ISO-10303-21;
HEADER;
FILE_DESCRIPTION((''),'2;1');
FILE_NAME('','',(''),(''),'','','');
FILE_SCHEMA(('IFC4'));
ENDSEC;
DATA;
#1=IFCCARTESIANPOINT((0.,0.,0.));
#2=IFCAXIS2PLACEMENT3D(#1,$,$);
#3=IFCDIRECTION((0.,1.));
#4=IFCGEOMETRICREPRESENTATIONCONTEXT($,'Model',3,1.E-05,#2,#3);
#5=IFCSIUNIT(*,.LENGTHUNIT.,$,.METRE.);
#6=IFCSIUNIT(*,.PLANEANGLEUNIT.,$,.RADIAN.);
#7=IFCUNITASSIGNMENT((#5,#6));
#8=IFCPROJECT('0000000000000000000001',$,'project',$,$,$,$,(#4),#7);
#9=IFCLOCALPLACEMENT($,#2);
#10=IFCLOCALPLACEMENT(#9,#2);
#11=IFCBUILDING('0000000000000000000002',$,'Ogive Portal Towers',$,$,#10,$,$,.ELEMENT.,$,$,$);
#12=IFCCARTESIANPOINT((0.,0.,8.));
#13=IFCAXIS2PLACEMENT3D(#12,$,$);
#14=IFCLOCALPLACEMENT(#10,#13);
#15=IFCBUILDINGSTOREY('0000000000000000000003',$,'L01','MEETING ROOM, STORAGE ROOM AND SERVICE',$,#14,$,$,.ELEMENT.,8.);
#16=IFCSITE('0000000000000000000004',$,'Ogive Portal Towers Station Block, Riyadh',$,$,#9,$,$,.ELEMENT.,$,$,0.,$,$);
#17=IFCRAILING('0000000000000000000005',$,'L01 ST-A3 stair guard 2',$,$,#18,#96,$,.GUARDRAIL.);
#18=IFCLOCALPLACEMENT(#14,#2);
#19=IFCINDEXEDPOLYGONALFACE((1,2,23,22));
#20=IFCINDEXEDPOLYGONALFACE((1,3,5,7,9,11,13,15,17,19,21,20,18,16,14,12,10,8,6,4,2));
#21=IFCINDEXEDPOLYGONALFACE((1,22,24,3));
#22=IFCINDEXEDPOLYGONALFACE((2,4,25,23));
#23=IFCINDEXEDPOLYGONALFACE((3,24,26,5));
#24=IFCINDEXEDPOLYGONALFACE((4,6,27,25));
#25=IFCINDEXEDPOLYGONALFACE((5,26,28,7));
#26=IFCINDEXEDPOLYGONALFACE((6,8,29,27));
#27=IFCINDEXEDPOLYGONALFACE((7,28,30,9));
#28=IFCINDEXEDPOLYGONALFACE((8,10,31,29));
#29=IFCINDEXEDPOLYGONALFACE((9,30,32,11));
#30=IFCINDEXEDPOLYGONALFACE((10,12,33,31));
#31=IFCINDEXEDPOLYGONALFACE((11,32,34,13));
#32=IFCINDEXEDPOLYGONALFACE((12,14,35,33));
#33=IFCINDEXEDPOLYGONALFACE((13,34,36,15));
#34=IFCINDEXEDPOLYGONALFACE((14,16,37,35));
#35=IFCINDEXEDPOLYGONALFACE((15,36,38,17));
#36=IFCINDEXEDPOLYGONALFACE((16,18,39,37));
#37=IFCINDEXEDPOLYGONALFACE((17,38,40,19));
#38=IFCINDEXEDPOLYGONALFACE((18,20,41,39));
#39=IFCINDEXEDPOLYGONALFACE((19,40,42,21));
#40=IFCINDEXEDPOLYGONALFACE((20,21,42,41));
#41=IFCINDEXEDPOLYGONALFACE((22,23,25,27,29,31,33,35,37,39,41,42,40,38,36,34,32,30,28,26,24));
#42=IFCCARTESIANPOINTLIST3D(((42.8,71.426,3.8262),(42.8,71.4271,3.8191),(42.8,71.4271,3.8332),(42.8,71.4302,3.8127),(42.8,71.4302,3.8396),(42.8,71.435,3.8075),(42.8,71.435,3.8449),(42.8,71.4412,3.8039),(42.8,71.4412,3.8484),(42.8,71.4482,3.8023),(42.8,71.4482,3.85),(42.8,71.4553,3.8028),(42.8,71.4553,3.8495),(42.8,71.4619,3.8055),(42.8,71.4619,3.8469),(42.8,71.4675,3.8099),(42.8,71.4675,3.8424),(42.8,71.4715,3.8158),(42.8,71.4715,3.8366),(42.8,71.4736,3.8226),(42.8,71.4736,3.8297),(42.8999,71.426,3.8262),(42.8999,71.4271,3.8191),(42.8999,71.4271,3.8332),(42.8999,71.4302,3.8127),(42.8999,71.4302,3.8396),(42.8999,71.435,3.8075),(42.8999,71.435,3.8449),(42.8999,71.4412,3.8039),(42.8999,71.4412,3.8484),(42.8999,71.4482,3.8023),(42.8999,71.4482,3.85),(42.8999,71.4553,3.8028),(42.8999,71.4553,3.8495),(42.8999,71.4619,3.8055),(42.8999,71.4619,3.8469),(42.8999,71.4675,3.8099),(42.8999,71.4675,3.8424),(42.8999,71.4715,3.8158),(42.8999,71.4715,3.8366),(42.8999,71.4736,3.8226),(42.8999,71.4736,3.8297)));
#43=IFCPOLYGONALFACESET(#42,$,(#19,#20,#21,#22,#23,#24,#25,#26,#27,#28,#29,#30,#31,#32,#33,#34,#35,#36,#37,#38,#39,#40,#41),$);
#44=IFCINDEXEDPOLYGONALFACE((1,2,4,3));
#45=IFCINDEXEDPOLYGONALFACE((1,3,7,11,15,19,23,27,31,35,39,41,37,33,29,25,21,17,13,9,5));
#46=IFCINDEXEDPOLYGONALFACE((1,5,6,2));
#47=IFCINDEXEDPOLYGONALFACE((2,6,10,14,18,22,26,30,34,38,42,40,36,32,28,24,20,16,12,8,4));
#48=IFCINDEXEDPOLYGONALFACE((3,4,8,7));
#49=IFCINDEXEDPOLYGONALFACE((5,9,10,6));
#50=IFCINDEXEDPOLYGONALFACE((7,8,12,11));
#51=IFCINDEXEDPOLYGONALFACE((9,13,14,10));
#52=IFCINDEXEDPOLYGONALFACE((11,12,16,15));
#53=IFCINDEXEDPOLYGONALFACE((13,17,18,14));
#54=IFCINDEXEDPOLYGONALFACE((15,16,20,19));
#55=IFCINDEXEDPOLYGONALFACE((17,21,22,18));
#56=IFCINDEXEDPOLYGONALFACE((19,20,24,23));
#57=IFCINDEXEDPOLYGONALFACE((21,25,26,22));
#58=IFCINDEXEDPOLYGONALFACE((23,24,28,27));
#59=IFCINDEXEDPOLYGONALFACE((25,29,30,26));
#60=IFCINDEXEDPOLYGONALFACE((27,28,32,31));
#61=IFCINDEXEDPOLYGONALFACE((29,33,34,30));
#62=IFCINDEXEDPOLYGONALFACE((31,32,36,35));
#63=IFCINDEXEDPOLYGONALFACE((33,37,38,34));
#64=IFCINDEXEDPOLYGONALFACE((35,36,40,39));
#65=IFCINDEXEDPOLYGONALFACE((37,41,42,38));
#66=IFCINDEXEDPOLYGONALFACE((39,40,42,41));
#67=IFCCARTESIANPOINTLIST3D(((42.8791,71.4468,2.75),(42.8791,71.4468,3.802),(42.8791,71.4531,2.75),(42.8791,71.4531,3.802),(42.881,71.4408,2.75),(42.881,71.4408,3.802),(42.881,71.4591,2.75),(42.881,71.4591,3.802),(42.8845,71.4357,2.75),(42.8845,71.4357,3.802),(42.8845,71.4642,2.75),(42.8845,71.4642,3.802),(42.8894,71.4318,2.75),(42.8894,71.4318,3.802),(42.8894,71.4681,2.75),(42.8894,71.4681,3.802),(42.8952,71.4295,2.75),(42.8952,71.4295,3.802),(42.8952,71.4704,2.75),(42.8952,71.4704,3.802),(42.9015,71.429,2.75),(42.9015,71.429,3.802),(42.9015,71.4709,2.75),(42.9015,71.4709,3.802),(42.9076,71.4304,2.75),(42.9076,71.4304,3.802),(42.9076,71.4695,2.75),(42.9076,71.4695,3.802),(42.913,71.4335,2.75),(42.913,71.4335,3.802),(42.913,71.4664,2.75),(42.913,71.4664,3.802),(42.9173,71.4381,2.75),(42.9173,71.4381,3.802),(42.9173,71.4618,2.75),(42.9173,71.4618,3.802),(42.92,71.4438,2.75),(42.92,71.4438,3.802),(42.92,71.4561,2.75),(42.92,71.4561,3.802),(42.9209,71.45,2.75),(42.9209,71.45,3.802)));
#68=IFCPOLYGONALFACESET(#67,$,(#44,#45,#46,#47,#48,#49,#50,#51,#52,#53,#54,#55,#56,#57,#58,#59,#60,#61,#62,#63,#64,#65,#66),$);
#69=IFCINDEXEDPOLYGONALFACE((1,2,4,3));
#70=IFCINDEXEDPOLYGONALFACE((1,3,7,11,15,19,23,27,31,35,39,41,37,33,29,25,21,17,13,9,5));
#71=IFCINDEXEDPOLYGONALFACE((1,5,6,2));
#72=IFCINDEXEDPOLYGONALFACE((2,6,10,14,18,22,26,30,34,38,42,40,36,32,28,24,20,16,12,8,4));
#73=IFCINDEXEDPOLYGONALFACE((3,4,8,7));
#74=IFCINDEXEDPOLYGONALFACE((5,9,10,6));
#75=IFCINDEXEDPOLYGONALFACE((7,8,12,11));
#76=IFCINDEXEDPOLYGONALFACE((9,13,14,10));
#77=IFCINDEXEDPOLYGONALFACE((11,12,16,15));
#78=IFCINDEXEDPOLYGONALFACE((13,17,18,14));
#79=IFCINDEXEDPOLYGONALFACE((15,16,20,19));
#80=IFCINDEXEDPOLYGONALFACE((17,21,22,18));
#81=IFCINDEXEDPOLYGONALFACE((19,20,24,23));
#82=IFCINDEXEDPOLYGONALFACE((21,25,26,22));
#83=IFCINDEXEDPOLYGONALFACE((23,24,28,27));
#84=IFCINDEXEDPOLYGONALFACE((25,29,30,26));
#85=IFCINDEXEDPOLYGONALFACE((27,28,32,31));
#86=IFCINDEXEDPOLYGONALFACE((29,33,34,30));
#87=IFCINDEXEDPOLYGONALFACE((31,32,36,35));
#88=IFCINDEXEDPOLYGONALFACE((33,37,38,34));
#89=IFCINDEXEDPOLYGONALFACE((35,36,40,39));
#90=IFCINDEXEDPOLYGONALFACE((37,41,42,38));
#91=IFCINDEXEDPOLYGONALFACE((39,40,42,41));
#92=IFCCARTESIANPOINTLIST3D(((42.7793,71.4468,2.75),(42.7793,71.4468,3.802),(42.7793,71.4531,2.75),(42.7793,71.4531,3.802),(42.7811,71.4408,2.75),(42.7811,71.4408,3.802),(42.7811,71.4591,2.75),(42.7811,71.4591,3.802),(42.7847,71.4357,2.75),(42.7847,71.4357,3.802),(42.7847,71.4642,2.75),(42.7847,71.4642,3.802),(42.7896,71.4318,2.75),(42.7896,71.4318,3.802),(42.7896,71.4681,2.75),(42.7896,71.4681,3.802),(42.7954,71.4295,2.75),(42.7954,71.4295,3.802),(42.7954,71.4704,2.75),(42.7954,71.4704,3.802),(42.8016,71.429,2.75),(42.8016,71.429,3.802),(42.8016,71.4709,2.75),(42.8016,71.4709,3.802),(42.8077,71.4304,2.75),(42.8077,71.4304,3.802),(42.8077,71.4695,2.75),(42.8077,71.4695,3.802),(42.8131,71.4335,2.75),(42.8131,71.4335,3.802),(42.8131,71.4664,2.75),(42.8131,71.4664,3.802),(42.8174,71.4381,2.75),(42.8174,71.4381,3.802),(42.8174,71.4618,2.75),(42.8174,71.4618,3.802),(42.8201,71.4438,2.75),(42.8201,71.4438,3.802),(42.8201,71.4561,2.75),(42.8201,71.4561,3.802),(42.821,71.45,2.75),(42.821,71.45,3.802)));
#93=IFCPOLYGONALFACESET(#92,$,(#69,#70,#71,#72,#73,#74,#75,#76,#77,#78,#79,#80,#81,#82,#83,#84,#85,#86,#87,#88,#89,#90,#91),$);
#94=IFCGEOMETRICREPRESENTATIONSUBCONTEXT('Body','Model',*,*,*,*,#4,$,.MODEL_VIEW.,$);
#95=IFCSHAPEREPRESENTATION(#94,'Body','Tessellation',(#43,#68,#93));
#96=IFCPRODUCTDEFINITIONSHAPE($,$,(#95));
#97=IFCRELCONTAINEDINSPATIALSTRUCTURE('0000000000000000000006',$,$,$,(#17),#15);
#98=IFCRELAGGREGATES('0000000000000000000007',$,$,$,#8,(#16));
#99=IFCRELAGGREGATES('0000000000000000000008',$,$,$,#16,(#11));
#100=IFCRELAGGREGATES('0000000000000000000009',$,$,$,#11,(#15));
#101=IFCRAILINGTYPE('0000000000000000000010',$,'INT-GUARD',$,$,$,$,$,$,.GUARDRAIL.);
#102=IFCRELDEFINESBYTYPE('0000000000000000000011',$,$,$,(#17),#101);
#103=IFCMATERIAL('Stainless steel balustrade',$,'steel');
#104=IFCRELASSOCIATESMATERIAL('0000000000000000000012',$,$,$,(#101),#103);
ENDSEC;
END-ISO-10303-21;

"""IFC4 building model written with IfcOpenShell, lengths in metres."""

from ifc_helpers import new_model, si_unit, direction, frame, origin, origin_2d, place, context, subcontext, project, spatial, circle, extrude, material, type_object, element, save


model = new_model("IFC4")

# Units and contexts
model_context = context("Model", 3, precision=1e-05, world=origin(), true_north=direction((0.0, 1.0)))
body_context = subcontext(model_context, "Body", "Model", "MODEL_VIEW")
ifc_project = project(units=[si_unit("LENGTHUNIT", "METRE"), si_unit("PLANEANGLEUNIT", "RADIAN")], contexts=[model_context])

# Site, building, storey
site_placement = place(None, origin())
site = spatial("IfcSite", under=ifc_project, at=site_placement, Name="Ogive Portal Towers Station Block, Riyadh", CompositionType="ELEMENT", RefElevation=0.0)
building_placement = place(site_placement, origin())
building = spatial("IfcBuilding", under=site, at=building_placement, Name="Ogive Portal Towers", CompositionType="ELEMENT")
storey_placement = place(building_placement, frame((0.0, 0.0, 8.0)))
storey = spatial("IfcBuildingStorey", under=building, at=storey_placement, Name="L01", Description="MEETING ROOM, STORAGE ROOM AND SERVICE", CompositionType="ELEMENT", Elevation=8.0)

# Railing
ifc_material_1 = material(Name="Stainless steel balustrade", Category="steel")
railing_type_1 = type_object("IfcRailingType", Name="INT-GUARD", PredefinedType="GUARDRAIL", material=ifc_material_1)
railing_1_placement = place(storey_placement, frame((42.8999, 71.45, 2.75)))
element("IfcRailing", 1, at=railing_1_placement, inside=storey, type_object=railing_type_1, Name="L01 ST-A3 stair guard 2", PredefinedType="GUARDRAIL", context=body_context, shape_type="SweptSolid", body=[
    extrude(circle(Radius=0.0239, at=origin_2d()), frame((0.0, 0.0, 1.0762), z_axis=(-1.0, 0.0, 0.0), x_axis=(0.0, -1.0, 0.0)), (0.0, 0.0, 1.0), 0.0999),
    extrude(circle(Radius=0.021, at=origin_2d()), origin(), (0.0, 0.0, 1.0), 1.052),
    extrude(circle(Radius=0.021, at=origin_2d()), frame((-0.0999, 0.0, 0.0)), (0.0, 0.0, 1.0), 1.052),
])

save(model, "model.ifc")
